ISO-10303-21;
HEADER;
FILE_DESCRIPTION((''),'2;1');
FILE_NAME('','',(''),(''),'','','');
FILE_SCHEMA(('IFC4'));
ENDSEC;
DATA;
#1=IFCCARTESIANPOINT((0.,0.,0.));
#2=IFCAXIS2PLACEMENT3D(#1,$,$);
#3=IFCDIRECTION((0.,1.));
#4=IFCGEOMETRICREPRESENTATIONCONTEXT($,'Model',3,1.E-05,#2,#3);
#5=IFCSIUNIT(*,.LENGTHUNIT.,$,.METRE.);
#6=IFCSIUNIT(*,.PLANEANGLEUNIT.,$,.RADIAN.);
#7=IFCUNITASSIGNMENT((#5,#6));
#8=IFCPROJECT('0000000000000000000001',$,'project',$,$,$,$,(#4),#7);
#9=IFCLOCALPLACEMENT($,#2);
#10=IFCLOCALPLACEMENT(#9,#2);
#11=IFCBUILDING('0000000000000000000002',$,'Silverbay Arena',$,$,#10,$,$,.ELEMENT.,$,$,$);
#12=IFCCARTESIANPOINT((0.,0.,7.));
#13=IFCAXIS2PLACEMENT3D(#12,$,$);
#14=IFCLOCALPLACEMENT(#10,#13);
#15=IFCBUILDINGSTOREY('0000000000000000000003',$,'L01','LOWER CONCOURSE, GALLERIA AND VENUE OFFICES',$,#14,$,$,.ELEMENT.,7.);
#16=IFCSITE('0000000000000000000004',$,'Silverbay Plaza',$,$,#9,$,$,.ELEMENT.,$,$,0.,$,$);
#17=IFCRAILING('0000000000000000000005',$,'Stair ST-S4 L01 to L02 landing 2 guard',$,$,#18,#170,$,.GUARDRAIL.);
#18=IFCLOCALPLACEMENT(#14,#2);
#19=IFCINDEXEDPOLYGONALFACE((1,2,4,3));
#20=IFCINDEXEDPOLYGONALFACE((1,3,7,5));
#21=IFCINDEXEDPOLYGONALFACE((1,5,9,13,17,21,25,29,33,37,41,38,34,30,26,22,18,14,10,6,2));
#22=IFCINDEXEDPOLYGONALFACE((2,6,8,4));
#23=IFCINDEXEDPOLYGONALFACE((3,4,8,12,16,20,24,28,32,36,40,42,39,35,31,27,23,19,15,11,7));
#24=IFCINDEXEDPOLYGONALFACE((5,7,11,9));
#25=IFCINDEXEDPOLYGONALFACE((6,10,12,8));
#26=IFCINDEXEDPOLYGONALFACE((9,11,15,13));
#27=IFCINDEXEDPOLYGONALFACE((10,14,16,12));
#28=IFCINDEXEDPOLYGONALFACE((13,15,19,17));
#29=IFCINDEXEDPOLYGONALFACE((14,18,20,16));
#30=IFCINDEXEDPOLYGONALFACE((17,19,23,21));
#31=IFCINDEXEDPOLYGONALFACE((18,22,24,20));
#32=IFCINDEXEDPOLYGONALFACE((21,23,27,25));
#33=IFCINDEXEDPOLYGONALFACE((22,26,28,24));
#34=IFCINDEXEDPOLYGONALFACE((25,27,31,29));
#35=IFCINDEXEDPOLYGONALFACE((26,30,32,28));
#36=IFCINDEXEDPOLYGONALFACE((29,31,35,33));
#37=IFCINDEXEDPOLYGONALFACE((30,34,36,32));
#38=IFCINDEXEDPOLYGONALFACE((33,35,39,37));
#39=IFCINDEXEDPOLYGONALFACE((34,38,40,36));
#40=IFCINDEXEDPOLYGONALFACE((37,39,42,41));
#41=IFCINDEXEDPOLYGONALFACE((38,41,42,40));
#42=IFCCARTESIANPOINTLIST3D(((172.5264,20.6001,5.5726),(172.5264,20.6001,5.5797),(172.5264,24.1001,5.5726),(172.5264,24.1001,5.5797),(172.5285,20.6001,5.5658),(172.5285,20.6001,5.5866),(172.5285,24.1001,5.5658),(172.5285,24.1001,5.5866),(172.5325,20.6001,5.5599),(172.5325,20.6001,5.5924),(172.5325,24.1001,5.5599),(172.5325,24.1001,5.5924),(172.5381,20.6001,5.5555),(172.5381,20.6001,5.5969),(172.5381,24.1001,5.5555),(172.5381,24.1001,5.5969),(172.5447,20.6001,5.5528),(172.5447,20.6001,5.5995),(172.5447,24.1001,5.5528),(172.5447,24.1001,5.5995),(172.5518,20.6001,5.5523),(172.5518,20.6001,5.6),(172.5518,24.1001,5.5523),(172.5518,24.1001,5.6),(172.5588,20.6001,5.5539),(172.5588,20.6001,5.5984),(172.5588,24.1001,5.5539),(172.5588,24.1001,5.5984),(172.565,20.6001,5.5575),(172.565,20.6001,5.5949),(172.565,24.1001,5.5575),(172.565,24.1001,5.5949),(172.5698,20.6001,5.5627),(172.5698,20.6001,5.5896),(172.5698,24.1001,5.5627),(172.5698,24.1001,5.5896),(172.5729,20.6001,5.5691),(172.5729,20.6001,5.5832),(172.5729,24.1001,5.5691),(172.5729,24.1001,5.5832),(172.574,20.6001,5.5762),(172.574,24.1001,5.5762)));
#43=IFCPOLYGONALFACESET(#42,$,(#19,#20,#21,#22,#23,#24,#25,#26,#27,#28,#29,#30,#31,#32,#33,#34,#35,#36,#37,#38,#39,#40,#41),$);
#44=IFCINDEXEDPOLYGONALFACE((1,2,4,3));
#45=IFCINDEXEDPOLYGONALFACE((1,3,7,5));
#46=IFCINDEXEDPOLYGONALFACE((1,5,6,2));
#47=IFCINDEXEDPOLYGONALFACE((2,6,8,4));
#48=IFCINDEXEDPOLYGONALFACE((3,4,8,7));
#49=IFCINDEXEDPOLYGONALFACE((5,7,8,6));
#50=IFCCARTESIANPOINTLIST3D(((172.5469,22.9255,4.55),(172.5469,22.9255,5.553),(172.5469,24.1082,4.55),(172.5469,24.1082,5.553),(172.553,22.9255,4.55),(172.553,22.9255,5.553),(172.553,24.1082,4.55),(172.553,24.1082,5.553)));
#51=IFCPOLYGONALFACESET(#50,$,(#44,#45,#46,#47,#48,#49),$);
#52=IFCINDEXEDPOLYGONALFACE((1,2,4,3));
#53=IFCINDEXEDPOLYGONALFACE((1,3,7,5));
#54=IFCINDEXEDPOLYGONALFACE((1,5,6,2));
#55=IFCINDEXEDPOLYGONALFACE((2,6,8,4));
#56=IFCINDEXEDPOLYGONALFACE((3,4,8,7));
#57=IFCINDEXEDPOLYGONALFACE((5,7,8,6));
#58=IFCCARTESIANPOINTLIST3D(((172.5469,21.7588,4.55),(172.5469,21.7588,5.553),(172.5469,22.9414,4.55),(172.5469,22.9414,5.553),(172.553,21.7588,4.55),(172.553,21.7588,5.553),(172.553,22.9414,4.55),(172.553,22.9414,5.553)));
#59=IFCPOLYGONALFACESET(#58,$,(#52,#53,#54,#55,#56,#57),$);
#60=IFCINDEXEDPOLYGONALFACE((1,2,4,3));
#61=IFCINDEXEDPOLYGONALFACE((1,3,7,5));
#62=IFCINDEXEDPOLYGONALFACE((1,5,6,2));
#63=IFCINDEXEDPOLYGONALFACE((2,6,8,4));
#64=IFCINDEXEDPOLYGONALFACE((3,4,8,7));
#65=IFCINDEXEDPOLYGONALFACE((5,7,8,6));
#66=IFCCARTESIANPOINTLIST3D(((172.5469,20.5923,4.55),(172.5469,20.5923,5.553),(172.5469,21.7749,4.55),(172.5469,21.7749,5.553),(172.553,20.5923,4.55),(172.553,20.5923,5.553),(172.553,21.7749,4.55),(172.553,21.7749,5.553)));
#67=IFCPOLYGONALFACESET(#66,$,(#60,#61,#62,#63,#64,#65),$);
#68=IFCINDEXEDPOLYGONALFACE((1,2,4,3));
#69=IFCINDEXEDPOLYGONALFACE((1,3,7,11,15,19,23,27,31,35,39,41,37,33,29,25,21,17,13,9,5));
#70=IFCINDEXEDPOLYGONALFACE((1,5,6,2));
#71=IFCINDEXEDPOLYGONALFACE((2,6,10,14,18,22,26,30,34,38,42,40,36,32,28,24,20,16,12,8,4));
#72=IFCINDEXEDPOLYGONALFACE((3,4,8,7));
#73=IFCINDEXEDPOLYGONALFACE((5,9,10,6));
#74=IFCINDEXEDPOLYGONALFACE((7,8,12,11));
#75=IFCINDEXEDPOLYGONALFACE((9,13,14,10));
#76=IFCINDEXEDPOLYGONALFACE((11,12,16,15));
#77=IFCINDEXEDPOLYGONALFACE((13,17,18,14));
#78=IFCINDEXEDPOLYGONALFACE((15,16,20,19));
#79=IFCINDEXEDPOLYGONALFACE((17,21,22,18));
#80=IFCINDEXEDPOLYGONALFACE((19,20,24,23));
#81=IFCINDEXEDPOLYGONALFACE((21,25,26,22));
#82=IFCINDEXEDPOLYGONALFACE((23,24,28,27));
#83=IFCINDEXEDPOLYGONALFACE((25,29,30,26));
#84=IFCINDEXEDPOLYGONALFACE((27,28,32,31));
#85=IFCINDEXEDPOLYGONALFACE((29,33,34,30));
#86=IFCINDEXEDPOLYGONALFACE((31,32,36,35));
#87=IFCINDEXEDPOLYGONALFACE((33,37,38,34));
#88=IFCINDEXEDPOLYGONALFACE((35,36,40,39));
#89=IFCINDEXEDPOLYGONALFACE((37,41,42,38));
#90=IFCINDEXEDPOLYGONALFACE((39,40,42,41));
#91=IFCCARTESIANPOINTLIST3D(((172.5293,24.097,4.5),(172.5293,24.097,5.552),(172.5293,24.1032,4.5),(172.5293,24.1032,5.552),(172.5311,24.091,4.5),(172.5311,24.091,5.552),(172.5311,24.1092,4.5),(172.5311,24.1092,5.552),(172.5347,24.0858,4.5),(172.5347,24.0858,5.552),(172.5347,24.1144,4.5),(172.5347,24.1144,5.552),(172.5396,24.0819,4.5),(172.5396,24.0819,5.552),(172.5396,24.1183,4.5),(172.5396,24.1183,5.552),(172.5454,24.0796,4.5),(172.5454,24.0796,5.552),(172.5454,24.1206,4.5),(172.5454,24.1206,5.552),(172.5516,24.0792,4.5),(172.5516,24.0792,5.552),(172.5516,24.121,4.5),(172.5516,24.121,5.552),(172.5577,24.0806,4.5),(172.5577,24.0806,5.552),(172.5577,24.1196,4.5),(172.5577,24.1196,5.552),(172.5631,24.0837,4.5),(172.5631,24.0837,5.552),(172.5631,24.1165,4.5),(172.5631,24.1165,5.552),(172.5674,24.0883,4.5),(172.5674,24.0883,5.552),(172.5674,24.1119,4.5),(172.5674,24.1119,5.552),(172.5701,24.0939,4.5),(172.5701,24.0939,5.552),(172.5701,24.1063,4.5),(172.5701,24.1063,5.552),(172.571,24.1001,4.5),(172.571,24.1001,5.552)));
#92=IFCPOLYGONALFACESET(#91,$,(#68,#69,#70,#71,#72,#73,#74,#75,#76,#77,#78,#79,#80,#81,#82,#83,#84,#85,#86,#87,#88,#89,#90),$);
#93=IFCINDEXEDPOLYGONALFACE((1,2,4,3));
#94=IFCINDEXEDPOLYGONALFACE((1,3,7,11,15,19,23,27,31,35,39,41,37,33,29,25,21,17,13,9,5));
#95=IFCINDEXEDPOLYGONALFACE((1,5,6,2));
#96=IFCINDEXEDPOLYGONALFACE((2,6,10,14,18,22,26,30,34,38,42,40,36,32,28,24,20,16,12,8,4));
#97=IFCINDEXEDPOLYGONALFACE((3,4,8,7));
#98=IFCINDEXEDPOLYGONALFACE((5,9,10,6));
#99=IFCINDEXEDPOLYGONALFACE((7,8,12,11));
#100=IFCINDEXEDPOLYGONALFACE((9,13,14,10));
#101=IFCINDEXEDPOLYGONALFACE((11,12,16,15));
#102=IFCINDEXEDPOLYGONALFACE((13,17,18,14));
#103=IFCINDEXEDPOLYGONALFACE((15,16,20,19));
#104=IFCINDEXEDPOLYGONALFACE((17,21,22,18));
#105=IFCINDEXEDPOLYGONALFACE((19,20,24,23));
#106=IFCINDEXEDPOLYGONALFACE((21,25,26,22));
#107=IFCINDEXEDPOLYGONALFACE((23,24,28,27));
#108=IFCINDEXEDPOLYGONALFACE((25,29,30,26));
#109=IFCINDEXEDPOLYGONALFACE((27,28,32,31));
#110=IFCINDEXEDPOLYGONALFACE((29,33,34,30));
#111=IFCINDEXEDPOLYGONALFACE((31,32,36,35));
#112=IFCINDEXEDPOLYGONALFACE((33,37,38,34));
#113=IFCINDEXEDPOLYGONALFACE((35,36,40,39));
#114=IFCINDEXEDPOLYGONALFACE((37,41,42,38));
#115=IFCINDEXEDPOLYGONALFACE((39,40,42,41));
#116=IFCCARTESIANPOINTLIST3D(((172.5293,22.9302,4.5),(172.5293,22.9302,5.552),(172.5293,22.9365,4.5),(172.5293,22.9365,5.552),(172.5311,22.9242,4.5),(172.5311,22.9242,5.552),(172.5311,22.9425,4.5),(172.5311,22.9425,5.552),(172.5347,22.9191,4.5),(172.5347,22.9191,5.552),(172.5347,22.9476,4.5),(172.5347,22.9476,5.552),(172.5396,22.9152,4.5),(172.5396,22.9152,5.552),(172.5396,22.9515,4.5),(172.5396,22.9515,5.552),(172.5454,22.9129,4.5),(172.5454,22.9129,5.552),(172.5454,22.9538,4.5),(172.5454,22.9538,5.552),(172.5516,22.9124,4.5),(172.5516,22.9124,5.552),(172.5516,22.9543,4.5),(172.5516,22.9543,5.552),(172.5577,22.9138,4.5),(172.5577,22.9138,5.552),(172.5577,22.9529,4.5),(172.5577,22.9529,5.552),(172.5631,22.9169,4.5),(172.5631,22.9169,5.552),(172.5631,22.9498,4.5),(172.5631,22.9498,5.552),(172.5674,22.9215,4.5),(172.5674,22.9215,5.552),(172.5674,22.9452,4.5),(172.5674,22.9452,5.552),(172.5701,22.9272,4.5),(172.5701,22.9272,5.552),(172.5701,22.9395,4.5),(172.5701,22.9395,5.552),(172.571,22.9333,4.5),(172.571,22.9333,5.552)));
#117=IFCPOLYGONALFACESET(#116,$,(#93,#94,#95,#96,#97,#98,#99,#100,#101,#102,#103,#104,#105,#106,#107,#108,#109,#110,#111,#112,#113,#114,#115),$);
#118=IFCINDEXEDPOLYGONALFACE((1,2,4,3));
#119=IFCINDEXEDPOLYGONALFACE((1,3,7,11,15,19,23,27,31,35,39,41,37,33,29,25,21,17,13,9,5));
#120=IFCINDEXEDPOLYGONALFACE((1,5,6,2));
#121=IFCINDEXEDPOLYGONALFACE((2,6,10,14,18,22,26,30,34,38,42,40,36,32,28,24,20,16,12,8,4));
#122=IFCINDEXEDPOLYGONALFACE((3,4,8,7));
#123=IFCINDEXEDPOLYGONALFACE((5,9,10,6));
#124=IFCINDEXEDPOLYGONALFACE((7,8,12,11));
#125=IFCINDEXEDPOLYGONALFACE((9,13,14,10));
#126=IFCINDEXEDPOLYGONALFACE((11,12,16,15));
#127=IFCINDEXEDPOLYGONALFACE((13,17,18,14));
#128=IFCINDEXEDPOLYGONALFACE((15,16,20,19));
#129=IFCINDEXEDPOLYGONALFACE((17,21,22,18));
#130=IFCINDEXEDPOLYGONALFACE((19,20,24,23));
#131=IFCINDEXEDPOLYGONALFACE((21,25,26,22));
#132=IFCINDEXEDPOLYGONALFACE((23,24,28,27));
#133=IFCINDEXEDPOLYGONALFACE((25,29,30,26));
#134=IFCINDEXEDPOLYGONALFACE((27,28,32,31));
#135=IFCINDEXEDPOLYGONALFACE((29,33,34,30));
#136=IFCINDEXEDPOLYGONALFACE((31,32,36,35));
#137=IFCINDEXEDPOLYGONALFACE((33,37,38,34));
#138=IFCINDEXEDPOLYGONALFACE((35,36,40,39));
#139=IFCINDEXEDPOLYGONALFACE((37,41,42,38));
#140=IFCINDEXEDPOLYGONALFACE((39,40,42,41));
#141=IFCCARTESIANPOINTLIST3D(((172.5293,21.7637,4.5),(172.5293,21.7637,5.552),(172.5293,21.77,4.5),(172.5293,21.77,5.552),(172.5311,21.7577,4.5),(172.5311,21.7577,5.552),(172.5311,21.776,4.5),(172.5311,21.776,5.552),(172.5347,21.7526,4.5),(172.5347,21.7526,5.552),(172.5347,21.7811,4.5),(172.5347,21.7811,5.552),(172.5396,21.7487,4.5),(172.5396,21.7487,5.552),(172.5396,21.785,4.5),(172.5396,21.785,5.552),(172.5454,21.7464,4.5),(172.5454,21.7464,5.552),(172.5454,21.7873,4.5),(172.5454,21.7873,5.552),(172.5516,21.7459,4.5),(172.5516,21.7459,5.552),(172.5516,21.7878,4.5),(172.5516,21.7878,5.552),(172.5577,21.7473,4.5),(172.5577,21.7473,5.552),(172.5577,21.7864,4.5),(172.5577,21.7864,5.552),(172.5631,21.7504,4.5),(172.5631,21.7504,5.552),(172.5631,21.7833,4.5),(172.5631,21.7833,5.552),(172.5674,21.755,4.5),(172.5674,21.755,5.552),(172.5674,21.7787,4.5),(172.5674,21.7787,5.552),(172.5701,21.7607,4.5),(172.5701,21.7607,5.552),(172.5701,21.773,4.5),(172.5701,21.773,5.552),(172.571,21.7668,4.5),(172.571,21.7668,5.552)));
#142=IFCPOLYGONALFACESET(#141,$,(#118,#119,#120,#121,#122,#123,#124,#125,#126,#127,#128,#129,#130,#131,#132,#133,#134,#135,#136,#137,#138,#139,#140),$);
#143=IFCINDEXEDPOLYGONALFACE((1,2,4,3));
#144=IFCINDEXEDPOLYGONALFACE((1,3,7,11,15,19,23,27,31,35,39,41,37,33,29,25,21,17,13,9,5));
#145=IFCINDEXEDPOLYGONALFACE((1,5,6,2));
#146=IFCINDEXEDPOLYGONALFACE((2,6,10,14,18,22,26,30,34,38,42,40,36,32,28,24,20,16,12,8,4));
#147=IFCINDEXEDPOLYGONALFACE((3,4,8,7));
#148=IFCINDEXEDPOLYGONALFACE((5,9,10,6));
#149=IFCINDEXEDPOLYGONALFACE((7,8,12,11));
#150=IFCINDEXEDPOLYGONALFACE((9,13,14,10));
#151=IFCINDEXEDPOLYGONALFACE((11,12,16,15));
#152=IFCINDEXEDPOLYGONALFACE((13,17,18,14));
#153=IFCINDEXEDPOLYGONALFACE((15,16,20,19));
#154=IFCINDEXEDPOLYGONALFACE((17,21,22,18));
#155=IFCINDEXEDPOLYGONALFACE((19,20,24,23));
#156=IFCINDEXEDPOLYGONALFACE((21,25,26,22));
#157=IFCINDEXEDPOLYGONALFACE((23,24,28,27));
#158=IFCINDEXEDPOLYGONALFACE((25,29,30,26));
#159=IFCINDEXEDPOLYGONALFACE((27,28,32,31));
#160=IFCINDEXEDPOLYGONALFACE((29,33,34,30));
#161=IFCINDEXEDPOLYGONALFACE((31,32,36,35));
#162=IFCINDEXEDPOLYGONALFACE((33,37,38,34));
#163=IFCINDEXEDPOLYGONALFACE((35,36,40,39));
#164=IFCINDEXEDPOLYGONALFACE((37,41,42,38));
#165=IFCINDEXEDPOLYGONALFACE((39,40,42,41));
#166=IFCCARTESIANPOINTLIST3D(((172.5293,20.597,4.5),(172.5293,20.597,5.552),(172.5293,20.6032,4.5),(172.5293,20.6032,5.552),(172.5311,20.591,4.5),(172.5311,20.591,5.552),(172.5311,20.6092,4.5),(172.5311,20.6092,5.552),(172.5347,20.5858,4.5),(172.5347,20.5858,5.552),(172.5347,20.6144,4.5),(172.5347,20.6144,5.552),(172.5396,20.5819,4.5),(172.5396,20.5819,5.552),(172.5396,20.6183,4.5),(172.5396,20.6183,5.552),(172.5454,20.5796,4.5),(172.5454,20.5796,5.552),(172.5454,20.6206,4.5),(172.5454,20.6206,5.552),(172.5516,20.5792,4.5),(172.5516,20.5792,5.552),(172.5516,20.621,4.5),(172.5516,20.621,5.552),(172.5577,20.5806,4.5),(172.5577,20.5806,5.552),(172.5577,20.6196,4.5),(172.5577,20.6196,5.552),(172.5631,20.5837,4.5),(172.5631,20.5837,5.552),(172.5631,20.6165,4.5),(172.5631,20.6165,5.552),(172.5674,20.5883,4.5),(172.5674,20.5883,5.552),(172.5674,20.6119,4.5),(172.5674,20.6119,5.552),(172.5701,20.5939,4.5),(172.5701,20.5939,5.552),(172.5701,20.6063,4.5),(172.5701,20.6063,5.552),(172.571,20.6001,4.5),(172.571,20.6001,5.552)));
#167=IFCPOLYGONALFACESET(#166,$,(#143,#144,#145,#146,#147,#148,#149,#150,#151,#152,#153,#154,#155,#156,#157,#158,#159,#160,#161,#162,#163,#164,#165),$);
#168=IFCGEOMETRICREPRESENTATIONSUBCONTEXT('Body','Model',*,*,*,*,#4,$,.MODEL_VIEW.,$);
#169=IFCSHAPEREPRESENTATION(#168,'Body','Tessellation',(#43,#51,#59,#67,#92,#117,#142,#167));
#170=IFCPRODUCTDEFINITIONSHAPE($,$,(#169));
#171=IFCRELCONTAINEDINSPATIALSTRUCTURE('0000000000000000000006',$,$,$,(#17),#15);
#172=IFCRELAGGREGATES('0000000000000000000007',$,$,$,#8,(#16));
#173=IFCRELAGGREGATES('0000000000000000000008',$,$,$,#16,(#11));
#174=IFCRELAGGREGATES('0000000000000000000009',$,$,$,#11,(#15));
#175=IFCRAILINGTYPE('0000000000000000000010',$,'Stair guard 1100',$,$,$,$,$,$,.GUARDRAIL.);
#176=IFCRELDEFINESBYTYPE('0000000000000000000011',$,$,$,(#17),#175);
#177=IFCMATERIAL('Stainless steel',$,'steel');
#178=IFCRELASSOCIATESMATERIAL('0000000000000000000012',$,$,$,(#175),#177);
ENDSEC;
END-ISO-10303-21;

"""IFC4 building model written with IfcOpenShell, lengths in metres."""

from ifc_helpers import new_model, si_unit, direction, frame, origin, origin_2d, place, context, subcontext, project, spatial, polyline, circle, outline, extrude, material, type_object, element, save


model = new_model("IFC4")

# Units and contexts
model_context = context("Model", 3, precision=1e-05, world=origin(), true_north=direction((0.0, 1.0)))
body_context = subcontext(model_context, "Body", "Model", "MODEL_VIEW")
ifc_project = project(units=[si_unit("LENGTHUNIT", "METRE"), si_unit("PLANEANGLEUNIT", "RADIAN")], contexts=[model_context])

# Site, building, storey
site_placement = place(None, origin())
site = spatial("IfcSite", under=ifc_project, at=site_placement, Name="Silverbay Plaza", CompositionType="ELEMENT", RefElevation=0.0)
building_placement = place(site_placement, origin())
building = spatial("IfcBuilding", under=site, at=building_placement, Name="Silverbay Arena", CompositionType="ELEMENT")
storey_placement = place(building_placement, frame((0.0, 0.0, 7.0)))
storey = spatial("IfcBuildingStorey", under=building, at=storey_placement, Name="L01", Description="LOWER CONCOURSE, GALLERIA AND VENUE OFFICES", CompositionType="ELEMENT", Elevation=7.0)

# Railing
ifc_material_1 = material(Name="Stainless steel", Category="steel")
railing_type_1 = type_object("IfcRailingType", Name="Stair guard 1100", PredefinedType="GUARDRAIL", material=ifc_material_1)
for number, where, name in (
    (1, (172.55, 24.1001, 4.5), "Stair ST-S4 L01 to L02 landing 2 guard"),
):
    element("IfcRailing", number, at=place(storey_placement, frame(where)), inside=storey, type_object=railing_type_1, Name=name, PredefinedType="GUARDRAIL", context=body_context, shape_type="SweptSolid", body=[
        extrude(circle(Radius=0.0239, at=origin_2d()), frame((0.0, 0.0, 1.0762), z_axis=(0.0, -1.0, 0.0), x_axis=(1.0, 0.0, 0.0)), (0.0, 0.0, 1.0), 3.5),
        extrude(outline(polyline([(-0.0081, 0.05), (1.1746, 0.05), (1.1746, 1.053), (-0.0081, 1.053), (-0.0081, 0.05)])), frame((0.0029, 0.0, 0.0), z_axis=(-1.0, 0.0, 0.0), x_axis=(0.0, -1.0, 0.0)), (0.0, 0.0, 1.0), 0.0061),
        extrude(outline(polyline([(-0.0081, 0.05), (1.1746, 0.05), (1.1746, 1.053), (-0.0081, 1.053), (-0.0081, 0.05)])), frame((0.0029, -1.1667, 0.0), z_axis=(-1.0, 0.0, 0.0), x_axis=(0.0, -1.0, 0.0)), (0.0, 0.0, 1.0), 0.0061),
        extrude(outline(polyline([(-0.0081, 0.05), (1.1746, 0.05), (1.1746, 1.053), (-0.0081, 1.053), (-0.0081, 0.05)])), frame((0.0029, -2.3333, 0.0), z_axis=(-1.0, 0.0, 0.0), x_axis=(0.0, -1.0, 0.0)), (0.0, 0.0, 1.0), 0.0061),
        extrude(circle(Radius=0.021, at=origin_2d()), origin(), (0.0, 0.0, 1.0), 1.052),
        extrude(circle(Radius=0.021, at=origin_2d()), frame((0.0, -1.1667, 0.0)), (0.0, 0.0, 1.0), 1.052),
        extrude(circle(Radius=0.021, at=origin_2d()), frame((0.0, -2.3333, 0.0)), (0.0, 0.0, 1.0), 1.052),
        extrude(circle(Radius=0.021, at=origin_2d()), frame((0.0, -3.5, 0.0)), (0.0, 0.0, 1.0), 1.052),
    ])

save(model, "model.ifc")
